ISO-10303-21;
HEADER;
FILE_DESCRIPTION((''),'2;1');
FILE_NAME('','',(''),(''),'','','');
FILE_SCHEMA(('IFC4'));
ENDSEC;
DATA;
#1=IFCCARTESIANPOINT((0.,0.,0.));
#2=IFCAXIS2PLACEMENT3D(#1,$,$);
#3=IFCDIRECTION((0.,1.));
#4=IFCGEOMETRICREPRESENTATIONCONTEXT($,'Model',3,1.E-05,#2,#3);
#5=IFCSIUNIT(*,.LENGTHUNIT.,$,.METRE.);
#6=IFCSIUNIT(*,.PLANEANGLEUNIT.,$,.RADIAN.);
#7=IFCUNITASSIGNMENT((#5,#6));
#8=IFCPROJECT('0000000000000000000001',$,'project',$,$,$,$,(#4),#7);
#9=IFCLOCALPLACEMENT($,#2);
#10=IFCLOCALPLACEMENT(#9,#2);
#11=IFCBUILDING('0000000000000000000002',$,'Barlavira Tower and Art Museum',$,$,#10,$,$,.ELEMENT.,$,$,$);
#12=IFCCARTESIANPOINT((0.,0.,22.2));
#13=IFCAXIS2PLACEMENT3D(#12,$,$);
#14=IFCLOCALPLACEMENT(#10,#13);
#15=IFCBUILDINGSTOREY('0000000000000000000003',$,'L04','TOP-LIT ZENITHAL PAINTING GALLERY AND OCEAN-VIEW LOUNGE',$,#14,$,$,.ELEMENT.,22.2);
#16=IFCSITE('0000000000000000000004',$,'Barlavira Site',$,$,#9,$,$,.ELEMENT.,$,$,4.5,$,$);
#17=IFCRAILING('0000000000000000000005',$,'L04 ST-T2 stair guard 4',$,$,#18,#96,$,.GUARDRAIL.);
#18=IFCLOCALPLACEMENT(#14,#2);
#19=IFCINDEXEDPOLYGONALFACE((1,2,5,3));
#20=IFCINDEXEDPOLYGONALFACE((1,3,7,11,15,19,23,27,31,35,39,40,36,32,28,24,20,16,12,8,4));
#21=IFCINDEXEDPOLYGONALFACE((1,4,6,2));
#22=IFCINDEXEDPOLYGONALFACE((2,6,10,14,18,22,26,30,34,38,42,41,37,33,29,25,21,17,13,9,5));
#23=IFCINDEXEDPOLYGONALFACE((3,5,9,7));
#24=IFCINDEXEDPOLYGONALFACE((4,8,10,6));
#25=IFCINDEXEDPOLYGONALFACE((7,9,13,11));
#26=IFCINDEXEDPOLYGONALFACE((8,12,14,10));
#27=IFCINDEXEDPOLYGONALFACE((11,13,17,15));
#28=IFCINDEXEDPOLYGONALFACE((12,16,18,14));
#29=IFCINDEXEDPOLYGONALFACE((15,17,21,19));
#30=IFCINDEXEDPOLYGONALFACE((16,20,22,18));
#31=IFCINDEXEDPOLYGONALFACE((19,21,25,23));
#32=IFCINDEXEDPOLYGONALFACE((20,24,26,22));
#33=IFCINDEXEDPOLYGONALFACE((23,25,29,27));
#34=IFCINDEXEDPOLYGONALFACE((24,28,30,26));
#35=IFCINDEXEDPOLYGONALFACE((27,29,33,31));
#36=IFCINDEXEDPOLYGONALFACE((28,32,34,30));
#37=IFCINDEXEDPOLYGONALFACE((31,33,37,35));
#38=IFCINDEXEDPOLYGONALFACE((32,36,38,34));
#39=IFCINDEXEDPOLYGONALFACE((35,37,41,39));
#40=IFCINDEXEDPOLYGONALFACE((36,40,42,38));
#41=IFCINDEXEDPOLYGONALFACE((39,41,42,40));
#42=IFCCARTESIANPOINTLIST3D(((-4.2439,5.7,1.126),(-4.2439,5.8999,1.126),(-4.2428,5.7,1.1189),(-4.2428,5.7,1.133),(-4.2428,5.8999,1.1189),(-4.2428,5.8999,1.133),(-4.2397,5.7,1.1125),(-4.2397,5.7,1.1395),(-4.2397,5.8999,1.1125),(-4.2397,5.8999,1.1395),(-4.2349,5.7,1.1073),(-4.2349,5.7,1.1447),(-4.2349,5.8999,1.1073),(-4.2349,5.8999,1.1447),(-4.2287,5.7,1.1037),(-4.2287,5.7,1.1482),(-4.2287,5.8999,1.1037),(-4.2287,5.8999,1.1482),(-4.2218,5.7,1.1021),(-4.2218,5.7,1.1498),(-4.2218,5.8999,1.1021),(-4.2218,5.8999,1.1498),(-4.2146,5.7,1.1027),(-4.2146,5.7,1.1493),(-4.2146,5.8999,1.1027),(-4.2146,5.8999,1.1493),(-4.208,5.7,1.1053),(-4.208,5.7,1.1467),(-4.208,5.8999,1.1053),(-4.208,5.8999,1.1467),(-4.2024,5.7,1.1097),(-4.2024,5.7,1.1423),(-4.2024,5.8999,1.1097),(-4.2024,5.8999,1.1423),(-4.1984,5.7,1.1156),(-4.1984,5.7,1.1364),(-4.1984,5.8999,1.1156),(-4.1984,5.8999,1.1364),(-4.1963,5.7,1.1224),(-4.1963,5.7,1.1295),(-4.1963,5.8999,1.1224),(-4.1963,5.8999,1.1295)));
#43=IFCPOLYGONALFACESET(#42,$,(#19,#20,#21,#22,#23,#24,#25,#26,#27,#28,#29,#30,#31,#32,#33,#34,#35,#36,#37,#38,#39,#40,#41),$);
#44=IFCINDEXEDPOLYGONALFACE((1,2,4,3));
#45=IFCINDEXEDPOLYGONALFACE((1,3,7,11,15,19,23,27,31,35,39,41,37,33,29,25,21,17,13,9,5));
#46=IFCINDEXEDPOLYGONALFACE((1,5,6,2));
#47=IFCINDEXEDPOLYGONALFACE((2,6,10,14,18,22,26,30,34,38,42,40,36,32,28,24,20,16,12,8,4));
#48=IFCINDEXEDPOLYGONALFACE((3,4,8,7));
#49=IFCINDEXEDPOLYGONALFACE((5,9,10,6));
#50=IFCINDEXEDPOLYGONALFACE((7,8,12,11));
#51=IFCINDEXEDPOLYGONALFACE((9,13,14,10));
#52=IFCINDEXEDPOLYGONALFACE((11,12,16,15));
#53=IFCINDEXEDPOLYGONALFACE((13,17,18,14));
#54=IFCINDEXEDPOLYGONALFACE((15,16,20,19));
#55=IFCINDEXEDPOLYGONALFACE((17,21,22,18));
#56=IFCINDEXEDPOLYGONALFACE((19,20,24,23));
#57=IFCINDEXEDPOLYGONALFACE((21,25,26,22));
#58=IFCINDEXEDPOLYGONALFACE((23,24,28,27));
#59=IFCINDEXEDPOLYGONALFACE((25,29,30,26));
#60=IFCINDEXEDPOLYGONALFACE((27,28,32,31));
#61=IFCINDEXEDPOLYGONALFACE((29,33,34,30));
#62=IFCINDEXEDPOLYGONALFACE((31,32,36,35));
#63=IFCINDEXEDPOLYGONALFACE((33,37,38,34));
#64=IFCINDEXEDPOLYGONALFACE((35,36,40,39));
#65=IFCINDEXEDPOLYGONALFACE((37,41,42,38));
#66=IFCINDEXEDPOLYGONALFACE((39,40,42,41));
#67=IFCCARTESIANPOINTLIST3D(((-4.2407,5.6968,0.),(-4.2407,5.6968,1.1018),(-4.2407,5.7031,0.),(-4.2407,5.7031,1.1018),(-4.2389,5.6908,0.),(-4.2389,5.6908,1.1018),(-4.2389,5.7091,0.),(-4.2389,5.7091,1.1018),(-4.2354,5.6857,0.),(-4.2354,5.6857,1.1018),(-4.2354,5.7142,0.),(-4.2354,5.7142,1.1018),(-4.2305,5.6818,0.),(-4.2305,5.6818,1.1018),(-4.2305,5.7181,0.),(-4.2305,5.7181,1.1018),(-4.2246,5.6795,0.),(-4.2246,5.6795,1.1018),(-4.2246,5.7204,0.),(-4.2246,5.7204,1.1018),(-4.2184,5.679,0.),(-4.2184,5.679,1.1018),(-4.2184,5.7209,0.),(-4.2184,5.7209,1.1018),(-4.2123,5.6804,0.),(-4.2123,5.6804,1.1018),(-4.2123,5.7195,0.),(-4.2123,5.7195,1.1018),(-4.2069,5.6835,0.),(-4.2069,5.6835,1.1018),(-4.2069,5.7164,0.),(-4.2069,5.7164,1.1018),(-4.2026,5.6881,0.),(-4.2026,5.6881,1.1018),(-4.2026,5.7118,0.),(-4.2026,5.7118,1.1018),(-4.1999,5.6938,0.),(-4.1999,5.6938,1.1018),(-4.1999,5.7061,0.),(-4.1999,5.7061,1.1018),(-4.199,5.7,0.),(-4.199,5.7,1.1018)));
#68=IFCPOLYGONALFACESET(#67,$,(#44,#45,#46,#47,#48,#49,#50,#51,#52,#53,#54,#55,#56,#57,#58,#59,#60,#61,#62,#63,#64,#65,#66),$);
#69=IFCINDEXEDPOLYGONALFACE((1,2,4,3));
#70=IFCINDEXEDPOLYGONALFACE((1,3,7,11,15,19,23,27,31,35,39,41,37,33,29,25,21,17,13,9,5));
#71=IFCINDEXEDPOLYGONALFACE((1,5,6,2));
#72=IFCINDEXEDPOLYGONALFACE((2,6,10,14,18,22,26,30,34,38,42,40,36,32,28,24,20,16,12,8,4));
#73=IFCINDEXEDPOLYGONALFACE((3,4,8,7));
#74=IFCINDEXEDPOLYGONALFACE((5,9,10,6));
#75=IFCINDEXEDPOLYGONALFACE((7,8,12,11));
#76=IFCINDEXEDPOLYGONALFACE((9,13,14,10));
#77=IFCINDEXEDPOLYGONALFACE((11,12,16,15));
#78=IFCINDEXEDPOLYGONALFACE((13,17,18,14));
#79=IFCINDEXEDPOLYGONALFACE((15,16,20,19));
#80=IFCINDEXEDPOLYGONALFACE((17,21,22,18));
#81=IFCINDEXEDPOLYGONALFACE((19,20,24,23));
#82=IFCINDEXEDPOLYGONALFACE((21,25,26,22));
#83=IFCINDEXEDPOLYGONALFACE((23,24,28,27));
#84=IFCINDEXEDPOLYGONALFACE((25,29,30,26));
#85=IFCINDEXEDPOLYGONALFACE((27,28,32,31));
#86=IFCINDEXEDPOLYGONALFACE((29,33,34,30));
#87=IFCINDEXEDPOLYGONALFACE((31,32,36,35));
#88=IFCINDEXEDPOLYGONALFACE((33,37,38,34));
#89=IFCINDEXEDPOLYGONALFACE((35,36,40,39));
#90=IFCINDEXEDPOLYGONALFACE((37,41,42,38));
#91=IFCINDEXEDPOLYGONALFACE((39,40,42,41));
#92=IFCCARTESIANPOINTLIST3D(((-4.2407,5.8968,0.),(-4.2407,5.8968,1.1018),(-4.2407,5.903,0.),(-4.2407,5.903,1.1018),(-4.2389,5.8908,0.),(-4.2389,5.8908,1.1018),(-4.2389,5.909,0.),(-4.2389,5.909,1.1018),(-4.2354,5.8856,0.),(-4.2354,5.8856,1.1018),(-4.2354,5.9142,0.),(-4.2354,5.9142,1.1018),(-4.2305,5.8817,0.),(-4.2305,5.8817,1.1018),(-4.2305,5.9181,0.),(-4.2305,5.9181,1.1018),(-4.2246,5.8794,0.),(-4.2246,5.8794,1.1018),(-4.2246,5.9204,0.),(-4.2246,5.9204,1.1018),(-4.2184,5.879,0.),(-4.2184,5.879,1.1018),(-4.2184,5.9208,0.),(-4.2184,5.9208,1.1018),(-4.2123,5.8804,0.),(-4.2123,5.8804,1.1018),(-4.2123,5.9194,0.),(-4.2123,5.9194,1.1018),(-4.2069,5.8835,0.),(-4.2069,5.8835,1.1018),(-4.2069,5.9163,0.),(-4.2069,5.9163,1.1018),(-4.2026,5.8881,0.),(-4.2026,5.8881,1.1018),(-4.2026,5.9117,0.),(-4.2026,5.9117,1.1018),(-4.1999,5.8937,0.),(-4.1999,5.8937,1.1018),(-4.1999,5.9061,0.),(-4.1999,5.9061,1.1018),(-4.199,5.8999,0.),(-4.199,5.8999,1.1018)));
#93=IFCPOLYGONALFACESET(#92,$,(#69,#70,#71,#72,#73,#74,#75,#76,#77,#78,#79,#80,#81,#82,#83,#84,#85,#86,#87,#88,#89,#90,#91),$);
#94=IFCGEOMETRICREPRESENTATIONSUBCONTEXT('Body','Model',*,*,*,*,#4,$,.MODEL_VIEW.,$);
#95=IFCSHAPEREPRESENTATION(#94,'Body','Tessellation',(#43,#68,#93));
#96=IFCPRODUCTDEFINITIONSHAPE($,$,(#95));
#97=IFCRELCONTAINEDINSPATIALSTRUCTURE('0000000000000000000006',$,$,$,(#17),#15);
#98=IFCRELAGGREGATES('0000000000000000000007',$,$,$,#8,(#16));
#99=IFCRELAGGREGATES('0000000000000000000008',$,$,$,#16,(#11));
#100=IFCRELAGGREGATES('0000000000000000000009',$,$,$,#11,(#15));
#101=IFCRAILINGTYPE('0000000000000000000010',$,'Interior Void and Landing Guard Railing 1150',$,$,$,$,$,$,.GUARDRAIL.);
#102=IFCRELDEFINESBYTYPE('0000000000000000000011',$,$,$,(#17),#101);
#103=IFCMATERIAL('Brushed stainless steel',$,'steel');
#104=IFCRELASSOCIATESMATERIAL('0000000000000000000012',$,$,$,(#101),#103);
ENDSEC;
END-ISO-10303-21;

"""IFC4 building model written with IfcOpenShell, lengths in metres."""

from ifc_helpers import new_model, si_unit, direction, frame, origin, origin_2d, place, context, subcontext, project, spatial, circle, extrude, material, type_object, element, save


model = new_model("IFC4")

# Units and contexts
model_context = context("Model", 3, precision=1e-05, world=origin(), true_north=direction((0.0, 1.0)))
body_context = subcontext(model_context, "Body", "Model", "MODEL_VIEW")
ifc_project = project(units=[si_unit("LENGTHUNIT", "METRE"), si_unit("PLANEANGLEUNIT", "RADIAN")], contexts=[model_context])

# Site, building, storey
site_placement = place(None, origin())
site = spatial("IfcSite", under=ifc_project, at=site_placement, Name="Barlavira Site", CompositionType="ELEMENT", RefElevation=4.5)
building_placement = place(site_placement, origin())
building = spatial("IfcBuilding", under=site, at=building_placement, Name="Barlavira Tower and Art Museum", CompositionType="ELEMENT")
storey_placement = place(building_placement, frame((0.0, 0.0, 22.2)))
storey = spatial("IfcBuildingStorey", under=building, at=storey_placement, Name="L04", Description="TOP-LIT ZENITHAL PAINTING GALLERY AND OCEAN-VIEW LOUNGE", CompositionType="ELEMENT", Elevation=22.2)

# Shared definitions
ifc_material_1 = material(Name="Brushed stainless steel", Category="steel")

# Railing
railing_type_1 = type_object("IfcRailingType", Name="Interior Void and Landing Guard Railing 1150", PredefinedType="GUARDRAIL", material=ifc_material_1)
railing_1_placement = place(storey_placement, frame((-4.22, 5.7, 0.0)))
element("IfcRailing", 1, at=railing_1_placement, inside=storey, type_object=railing_type_1, Name="L04 ST-T2 stair guard 4", PredefinedType="GUARDRAIL", context=body_context, shape_type="SweptSolid", body=[
    extrude(circle(Radius=0.0239, at=origin_2d()), frame((0.0, 0.0, 1.126), z_axis=(0.0, 1.0, 0.0), x_axis=(-1.0, 0.0, 0.0)), (0.0, 0.0, 1.0), 0.2),
    extrude(circle(Radius=0.021, at=origin_2d()), origin(), (0.0, 0.0, 1.0), 1.1018),
    extrude(circle(Radius=0.021, at=origin_2d()), frame((0.0, 0.2, 0.0)), (0.0, 0.0, 1.0), 1.1018),
])

save(model, "model.ifc")
